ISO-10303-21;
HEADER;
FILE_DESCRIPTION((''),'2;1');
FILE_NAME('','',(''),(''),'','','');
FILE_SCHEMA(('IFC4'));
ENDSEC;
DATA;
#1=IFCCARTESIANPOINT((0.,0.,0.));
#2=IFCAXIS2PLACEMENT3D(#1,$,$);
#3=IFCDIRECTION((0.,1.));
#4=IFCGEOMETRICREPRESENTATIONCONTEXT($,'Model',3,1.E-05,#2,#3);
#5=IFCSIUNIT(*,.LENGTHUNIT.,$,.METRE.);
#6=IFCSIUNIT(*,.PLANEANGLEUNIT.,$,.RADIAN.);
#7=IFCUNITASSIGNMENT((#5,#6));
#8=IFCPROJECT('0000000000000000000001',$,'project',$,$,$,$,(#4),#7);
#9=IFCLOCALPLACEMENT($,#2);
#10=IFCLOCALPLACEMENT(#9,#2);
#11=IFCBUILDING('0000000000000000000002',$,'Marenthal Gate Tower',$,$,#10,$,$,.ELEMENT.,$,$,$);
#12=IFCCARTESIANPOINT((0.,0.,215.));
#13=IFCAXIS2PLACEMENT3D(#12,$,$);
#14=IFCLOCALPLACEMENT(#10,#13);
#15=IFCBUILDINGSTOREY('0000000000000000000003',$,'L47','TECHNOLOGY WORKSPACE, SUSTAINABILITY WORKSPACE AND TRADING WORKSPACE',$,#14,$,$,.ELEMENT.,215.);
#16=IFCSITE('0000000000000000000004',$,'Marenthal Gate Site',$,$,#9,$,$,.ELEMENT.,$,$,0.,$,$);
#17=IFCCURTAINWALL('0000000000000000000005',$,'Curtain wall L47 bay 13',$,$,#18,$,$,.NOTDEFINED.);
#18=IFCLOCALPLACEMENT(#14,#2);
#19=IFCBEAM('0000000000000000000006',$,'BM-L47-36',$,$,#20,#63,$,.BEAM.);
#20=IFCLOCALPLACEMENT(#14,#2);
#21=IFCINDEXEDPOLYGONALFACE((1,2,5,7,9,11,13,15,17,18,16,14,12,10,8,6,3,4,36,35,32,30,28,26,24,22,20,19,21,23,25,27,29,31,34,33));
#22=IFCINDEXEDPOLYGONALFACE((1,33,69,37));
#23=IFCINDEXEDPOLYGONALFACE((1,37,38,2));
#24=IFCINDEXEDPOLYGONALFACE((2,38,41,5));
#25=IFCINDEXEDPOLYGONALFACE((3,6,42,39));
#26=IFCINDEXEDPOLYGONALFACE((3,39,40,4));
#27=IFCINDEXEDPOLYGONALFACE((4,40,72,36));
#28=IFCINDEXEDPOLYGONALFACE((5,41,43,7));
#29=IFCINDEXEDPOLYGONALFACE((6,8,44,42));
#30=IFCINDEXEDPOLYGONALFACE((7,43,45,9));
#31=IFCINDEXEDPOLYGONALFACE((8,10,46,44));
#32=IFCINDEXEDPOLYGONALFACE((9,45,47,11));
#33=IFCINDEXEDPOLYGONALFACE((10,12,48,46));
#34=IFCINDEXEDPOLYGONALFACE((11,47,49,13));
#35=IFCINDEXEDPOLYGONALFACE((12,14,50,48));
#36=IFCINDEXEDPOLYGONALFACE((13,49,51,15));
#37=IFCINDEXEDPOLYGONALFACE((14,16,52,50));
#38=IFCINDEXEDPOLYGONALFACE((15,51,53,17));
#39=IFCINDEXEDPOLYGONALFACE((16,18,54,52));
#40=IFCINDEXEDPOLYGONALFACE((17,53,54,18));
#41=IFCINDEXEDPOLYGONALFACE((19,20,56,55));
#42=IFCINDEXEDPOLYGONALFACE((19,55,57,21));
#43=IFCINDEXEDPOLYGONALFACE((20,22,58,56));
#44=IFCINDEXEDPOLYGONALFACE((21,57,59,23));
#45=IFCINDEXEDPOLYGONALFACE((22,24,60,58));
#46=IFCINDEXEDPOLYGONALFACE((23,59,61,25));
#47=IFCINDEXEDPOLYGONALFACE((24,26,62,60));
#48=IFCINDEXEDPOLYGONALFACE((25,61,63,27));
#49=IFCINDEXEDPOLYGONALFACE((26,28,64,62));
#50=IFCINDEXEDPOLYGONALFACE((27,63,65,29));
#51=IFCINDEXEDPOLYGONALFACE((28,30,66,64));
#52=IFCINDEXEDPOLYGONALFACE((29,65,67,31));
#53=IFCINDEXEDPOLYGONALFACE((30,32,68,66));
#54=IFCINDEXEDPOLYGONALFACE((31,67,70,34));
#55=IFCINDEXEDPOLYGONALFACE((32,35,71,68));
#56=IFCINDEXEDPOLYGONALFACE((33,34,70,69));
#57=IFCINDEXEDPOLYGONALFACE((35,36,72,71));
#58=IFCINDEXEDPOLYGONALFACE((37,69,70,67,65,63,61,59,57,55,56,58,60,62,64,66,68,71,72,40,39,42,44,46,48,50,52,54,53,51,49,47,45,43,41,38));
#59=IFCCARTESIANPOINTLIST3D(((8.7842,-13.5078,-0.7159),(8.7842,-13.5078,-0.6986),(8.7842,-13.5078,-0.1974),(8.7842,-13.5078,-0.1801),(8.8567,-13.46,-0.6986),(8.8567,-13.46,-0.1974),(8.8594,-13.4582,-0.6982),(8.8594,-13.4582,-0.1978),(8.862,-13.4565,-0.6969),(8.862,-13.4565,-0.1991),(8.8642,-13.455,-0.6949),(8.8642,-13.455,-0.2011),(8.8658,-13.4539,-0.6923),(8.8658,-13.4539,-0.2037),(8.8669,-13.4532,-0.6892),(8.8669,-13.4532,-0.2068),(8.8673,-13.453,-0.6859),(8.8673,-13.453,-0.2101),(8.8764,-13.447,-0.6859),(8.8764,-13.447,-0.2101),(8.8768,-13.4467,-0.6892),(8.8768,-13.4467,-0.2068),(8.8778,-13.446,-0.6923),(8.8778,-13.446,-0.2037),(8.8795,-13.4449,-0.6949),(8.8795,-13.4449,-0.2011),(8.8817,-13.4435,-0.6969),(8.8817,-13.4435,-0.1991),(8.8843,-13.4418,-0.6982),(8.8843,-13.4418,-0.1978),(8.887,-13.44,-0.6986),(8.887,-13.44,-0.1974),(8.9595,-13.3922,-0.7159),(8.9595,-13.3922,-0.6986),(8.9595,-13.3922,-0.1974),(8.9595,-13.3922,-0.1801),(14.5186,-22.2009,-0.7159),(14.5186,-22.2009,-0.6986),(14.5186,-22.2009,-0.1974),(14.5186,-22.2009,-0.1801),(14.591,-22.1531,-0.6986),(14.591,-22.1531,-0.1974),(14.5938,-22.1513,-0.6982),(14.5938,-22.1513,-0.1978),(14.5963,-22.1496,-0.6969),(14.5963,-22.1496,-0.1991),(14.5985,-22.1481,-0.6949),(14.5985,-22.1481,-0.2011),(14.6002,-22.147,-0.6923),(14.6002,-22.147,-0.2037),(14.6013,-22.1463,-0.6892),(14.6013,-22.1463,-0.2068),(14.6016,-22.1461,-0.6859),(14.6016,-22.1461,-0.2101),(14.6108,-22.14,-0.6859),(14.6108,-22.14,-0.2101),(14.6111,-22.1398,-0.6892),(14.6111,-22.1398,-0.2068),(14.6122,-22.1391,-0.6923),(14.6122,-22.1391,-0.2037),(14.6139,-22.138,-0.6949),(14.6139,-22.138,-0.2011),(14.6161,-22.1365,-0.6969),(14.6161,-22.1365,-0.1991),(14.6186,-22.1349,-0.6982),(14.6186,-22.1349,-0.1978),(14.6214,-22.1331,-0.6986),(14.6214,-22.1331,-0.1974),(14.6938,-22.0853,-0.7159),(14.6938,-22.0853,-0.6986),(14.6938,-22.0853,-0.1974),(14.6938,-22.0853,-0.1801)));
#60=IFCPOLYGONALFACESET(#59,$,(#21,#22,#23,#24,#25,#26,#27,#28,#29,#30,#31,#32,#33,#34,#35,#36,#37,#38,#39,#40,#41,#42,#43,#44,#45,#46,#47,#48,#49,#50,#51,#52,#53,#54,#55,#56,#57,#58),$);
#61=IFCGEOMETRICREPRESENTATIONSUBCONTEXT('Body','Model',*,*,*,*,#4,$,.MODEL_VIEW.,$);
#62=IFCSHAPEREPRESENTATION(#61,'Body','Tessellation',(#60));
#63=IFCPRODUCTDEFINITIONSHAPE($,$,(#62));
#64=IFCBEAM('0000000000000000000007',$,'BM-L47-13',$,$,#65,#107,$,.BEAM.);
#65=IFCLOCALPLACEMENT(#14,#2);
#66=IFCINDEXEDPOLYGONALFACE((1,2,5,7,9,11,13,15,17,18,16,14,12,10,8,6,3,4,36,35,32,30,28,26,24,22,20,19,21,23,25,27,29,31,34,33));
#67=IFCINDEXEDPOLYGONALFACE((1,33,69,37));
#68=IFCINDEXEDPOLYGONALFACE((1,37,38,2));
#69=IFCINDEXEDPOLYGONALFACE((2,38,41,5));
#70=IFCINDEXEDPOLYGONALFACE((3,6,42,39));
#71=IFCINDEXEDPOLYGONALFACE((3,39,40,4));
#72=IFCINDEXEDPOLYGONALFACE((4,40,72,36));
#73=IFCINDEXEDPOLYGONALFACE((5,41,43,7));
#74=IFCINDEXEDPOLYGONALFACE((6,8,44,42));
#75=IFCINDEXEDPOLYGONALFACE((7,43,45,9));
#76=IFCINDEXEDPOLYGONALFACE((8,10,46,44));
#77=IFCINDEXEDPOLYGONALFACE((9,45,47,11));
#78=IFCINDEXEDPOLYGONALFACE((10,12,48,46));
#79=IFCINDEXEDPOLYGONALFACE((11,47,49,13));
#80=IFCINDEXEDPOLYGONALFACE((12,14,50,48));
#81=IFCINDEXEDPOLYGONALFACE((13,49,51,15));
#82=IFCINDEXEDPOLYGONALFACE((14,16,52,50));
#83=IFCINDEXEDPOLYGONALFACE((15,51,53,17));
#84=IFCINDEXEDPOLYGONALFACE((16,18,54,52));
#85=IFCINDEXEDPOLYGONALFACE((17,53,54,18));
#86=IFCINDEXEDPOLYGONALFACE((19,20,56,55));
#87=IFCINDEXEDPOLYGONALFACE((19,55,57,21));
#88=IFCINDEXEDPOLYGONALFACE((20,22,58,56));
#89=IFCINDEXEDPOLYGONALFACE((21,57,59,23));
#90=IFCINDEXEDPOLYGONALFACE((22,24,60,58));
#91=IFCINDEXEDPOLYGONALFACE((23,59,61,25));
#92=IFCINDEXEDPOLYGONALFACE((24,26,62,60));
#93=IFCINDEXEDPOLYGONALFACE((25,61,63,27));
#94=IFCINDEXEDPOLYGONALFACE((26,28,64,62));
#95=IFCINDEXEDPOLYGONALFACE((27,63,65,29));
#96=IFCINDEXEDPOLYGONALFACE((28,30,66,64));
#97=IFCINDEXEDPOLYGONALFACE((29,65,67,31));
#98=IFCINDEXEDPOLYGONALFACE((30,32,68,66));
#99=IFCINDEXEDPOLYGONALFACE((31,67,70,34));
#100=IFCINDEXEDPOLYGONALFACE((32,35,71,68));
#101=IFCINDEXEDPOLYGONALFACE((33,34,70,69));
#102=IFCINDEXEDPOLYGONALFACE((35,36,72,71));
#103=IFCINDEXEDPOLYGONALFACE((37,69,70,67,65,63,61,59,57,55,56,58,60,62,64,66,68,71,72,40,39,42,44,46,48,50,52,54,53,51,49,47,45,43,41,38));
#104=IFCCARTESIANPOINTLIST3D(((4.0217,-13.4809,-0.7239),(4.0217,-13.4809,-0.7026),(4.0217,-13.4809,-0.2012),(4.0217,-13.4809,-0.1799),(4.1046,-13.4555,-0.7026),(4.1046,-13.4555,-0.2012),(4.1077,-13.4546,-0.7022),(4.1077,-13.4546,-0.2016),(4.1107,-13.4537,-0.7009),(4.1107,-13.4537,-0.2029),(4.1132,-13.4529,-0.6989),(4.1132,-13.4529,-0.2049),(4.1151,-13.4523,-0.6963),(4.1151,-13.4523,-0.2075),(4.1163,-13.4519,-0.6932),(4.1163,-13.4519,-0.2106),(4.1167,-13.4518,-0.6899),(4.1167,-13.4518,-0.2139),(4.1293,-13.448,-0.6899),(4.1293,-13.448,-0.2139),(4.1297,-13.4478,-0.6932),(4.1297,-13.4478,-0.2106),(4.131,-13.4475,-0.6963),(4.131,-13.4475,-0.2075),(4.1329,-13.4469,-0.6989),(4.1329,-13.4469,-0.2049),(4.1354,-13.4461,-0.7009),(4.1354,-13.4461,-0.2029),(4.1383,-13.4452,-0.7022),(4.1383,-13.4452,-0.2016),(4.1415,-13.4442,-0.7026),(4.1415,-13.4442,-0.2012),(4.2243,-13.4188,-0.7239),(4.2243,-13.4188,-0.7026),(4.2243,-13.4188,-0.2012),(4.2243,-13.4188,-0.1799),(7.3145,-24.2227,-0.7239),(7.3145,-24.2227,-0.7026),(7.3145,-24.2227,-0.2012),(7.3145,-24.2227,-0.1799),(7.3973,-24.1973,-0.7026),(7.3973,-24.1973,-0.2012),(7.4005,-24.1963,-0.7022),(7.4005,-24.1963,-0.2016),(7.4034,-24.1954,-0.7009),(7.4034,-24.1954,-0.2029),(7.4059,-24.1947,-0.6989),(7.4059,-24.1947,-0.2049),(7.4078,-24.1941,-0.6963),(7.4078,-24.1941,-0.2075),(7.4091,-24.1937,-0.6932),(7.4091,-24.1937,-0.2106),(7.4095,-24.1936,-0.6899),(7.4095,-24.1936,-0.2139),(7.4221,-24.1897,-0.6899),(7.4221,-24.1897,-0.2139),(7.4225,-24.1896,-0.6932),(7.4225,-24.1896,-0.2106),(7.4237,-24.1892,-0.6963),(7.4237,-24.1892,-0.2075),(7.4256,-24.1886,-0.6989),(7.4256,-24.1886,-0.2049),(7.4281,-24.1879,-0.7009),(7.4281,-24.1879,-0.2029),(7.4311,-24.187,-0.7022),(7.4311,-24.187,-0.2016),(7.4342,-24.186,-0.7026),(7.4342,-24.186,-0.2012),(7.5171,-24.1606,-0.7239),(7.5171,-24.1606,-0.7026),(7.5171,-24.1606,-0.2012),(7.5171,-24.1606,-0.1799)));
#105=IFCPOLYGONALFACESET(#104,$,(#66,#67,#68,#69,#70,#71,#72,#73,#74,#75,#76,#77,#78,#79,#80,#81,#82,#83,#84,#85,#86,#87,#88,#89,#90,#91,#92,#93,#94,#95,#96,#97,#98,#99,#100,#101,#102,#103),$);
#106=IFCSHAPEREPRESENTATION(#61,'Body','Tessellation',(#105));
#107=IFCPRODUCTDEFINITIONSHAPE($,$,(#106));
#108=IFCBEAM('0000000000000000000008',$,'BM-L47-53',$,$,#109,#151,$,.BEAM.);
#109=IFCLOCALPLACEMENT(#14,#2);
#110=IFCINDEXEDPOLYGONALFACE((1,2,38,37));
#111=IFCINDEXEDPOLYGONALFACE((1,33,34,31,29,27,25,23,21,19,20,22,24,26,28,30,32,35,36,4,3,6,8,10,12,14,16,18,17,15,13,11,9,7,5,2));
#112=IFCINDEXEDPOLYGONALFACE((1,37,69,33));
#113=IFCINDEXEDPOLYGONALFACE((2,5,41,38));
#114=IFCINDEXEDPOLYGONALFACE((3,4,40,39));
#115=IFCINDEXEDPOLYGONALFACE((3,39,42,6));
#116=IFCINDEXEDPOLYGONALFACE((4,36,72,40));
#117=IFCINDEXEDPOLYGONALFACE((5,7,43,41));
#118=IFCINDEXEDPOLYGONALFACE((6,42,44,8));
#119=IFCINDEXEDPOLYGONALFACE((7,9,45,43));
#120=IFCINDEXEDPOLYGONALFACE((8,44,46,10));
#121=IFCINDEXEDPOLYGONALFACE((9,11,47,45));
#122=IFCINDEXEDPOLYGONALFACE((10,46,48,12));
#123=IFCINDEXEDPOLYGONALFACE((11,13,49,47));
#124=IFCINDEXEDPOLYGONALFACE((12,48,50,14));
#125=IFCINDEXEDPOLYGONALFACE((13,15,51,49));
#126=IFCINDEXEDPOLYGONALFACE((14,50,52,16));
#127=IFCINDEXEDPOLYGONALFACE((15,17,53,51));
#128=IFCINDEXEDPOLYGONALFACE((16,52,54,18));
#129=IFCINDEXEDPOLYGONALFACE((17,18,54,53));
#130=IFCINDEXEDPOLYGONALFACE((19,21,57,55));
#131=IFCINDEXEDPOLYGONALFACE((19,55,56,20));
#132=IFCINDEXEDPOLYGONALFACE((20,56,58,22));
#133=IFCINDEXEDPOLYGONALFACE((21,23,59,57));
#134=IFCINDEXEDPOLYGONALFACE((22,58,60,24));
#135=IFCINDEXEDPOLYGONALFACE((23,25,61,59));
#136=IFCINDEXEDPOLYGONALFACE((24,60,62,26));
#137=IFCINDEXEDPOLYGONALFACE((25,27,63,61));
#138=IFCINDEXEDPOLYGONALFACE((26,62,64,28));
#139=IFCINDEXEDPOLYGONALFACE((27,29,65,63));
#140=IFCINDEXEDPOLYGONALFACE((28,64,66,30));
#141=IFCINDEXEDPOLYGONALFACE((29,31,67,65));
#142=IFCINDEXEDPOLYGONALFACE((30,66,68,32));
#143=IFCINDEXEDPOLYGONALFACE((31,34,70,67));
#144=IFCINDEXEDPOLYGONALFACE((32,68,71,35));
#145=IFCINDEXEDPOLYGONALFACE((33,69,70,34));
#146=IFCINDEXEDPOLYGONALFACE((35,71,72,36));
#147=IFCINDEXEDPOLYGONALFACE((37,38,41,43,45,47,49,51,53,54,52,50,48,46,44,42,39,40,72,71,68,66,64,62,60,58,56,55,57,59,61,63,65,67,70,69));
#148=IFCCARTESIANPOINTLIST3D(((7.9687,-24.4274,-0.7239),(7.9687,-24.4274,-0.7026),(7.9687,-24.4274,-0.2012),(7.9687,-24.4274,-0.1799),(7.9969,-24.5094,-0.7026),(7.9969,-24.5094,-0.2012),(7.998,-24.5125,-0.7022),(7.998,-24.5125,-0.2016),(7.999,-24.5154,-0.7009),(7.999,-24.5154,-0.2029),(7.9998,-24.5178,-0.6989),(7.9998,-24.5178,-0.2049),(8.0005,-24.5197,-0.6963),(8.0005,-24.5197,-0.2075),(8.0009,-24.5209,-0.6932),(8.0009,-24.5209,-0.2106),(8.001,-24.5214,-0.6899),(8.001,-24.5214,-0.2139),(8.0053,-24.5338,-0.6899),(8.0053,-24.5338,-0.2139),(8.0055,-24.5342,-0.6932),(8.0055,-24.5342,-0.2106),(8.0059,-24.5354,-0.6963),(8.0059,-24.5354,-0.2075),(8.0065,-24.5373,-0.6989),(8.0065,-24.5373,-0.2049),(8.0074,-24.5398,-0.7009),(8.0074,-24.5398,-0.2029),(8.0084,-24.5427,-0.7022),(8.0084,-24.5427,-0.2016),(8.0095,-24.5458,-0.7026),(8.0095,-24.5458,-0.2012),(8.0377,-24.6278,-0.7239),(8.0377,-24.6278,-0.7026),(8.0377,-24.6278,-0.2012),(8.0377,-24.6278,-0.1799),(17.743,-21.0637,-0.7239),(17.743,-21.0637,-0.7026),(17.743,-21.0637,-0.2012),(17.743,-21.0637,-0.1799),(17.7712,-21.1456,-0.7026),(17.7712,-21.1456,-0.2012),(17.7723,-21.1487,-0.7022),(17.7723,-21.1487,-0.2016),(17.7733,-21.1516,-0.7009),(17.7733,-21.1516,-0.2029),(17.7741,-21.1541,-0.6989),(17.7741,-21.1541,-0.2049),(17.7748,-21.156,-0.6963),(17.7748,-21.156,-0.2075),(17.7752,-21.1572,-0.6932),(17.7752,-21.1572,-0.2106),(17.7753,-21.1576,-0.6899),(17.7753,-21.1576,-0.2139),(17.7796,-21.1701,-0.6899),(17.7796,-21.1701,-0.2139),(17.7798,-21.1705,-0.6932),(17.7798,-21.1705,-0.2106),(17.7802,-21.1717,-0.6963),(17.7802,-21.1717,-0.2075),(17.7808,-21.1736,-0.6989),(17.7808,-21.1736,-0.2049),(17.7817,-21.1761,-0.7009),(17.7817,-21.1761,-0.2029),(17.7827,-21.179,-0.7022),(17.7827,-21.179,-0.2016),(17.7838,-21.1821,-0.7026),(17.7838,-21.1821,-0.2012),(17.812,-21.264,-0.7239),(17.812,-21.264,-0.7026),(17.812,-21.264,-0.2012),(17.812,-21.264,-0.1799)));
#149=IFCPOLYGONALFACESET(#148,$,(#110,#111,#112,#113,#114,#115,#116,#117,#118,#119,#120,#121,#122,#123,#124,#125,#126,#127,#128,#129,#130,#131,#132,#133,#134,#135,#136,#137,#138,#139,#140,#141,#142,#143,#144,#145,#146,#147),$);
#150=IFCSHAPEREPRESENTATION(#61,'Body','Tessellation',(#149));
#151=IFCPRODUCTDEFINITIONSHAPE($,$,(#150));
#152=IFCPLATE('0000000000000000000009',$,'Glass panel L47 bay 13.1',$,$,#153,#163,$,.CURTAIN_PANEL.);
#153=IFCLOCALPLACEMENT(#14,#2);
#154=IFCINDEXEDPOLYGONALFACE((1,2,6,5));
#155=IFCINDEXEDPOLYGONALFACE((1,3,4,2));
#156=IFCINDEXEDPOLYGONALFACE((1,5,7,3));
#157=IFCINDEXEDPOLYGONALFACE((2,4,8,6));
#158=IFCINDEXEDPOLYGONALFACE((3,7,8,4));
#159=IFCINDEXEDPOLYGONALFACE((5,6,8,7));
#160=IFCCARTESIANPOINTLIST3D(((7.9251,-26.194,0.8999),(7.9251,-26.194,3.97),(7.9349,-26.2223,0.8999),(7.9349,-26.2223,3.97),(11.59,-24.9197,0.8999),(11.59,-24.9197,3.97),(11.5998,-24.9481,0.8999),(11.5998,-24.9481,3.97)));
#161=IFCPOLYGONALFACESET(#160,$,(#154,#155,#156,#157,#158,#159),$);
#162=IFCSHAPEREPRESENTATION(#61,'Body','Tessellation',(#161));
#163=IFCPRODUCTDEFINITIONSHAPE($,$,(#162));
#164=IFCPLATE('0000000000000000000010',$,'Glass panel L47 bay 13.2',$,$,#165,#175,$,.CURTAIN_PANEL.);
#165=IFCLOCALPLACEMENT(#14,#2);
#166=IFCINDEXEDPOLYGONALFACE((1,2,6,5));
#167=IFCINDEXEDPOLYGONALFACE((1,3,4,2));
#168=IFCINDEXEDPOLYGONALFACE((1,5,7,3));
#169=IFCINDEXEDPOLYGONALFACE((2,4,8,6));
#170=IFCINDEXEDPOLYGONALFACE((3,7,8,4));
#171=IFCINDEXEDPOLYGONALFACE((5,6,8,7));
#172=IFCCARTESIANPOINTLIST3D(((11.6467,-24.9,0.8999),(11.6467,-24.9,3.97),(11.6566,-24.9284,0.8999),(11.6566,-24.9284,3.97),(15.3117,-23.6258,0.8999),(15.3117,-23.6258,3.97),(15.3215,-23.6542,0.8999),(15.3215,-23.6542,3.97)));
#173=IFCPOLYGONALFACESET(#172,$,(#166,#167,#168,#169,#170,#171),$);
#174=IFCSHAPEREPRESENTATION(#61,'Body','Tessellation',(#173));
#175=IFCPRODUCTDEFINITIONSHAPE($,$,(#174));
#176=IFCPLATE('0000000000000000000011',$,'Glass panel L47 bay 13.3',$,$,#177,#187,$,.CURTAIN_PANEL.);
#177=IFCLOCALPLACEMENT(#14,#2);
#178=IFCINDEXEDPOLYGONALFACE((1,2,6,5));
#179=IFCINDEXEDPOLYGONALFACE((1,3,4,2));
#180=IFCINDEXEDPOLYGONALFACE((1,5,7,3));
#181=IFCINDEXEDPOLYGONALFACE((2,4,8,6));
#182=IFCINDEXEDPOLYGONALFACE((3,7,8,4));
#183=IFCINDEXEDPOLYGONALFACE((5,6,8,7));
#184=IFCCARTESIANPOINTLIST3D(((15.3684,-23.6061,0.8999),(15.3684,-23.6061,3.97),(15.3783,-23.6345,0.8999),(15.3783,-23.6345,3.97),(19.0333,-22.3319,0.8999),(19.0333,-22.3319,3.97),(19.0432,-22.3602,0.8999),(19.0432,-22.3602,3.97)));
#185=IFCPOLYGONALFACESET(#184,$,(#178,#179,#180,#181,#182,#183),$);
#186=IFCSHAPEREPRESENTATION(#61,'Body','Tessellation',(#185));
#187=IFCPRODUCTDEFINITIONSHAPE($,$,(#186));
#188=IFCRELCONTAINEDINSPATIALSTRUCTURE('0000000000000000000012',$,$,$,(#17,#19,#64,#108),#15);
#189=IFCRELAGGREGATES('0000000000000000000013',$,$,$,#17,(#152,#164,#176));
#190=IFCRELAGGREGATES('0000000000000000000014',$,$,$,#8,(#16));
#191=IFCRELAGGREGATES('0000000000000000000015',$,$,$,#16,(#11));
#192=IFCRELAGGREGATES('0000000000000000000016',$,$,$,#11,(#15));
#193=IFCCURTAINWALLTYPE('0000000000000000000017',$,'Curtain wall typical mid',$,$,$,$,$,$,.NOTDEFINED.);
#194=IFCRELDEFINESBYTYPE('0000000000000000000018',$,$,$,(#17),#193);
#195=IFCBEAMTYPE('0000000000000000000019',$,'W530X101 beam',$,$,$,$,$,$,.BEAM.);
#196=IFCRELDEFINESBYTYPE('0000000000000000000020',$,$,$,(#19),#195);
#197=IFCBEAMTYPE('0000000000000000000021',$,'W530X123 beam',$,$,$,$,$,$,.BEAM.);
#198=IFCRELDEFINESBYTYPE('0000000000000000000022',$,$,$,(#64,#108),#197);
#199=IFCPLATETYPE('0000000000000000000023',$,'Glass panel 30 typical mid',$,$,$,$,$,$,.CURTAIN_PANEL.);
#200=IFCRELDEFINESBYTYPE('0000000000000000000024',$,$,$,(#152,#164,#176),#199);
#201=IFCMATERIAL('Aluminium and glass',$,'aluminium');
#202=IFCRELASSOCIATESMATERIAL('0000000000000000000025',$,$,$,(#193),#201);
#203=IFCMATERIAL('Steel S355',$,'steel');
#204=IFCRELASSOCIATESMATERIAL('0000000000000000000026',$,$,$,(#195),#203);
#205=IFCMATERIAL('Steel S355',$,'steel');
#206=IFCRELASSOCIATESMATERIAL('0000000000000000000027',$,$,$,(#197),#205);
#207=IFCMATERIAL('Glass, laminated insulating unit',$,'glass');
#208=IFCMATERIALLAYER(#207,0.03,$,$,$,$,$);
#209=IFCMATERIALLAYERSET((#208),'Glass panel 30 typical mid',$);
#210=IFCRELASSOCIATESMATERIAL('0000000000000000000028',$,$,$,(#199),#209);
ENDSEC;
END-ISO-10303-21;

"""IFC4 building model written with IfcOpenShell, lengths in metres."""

from ifc_helpers import new_model, si_unit, direction, frame, origin, origin_2d, place, context, subcontext, project, spatial, rectangle, i_section, extrude, material, layer, layer_set, material_profile, profile_set, type_object, element, aggregate, save


model = new_model("IFC4")

# Units and contexts
model_context = context("Model", 3, precision=1e-05, world=origin(), true_north=direction((0.0, 1.0)))
body_context = subcontext(model_context, "Body", "Model", "MODEL_VIEW")
ifc_project = project(units=[si_unit("LENGTHUNIT", "METRE"), si_unit("PLANEANGLEUNIT", "RADIAN")], contexts=[model_context])

# Site, building, storey
site_placement = place(None, origin())
site = spatial("IfcSite", under=ifc_project, at=site_placement, Name="Marenthal Gate Site", CompositionType="ELEMENT", RefElevation=0.0)
building_placement = place(site_placement, origin())
building = spatial("IfcBuilding", under=site, at=building_placement, Name="Marenthal Gate Tower", CompositionType="ELEMENT")
storey_placement = place(building_placement, frame((0.0, 0.0, 215.0)))
storey = spatial("IfcBuildingStorey", under=building, at=storey_placement, Name="L47", Description="TECHNOLOGY WORKSPACE, SUSTAINABILITY WORKSPACE AND TRADING WORKSPACE", CompositionType="ELEMENT", Elevation=215.0)

# Curtain wall
ifc_material_1 = material(Name="Aluminium and glass", Category="aluminium")
curtain_wall_type = type_object("IfcCurtainWallType", Name="Curtain wall typical mid", PredefinedType="NOTDEFINED", material=ifc_material_1)
curtain_wall_placement = place(storey_placement, origin())
curtain_wall = element("IfcCurtainWall", 1, at=curtain_wall_placement, inside=storey, type_object=curtain_wall_type, Name="Curtain wall L47 bay 13", PredefinedType="NOTDEFINED")

# Beams
ifc_material_2 = material(Name="Steel S355", Category="steel")
ifc_material_profile_1 = material_profile(ifc_material_2, i_section(OverallWidth=0.21, OverallDepth=0.5359, WebThickness=0.011, FlangeThickness=0.0173, FilletRadius=0.0127, at=origin_2d()), Name="W530X101")
ifc_profile_set_1 = profile_set([ifc_material_profile_1], Name="Steel S355")
beam_type_1 = type_object("IfcBeamType", Name="W530X101 beam", PredefinedType="BEAM", material=ifc_profile_set_1)
beam_1_placement = place(storey_placement, frame((14.6062, -22.1431, -0.448), z_axis=(-0.550636, 0.834745, 0.0), x_axis=(-0.834745, -0.550636, 0.0)))
element("IfcBeam", 2, at=beam_1_placement, inside=storey, type_object=beam_type_1, Name="BM-L47-36", PredefinedType="BEAM", context=body_context, shape_type="SweptSolid", body=[
    extrude(i_section(OverallWidth=0.21, OverallDepth=0.5359, WebThickness=0.011, FlangeThickness=0.0173, FilletRadius=0.0127, at=origin_2d()), origin(), (0.0, 0.0, 1.0), 10.4141),
])
ifc_material_3 = material(Name="Steel S355", Category="steel")
ifc_material_profile_2 = material_profile(ifc_material_3, i_section(OverallWidth=0.2119, OverallDepth=0.5439, WebThickness=0.0132, FlangeThickness=0.0212, FilletRadius=0.0127, at=origin_2d()), Name="W530X123")
ifc_profile_set_2 = profile_set([ifc_material_profile_2], Name="Steel S355")
beam_type_2 = type_object("IfcBeamType", Name="W530X123 beam", PredefinedType="BEAM", material=ifc_profile_set_2)
beam_2_placement = place(storey_placement, frame((7.4158, -24.1917, -0.4519), z_axis=(-0.293076, 0.956089, 0.0), x_axis=(-0.956089, -0.293076, 0.0)))
element("IfcBeam", 3, at=beam_2_placement, inside=storey, type_object=beam_type_2, Name="BM-L47-13", PredefinedType="BEAM", context=body_context, shape_type="SweptSolid", body=[
    extrude(i_section(OverallWidth=0.2119, OverallDepth=0.5439, WebThickness=0.0132, FlangeThickness=0.0212, FilletRadius=0.0127, at=origin_2d()), origin(), (0.0, 0.0, 1.0), 11.2351),
])
beam_3_placement = place(storey_placement, frame((8.0032, -24.5276, -0.4519), z_axis=(0.945573, 0.32541, 0.0), x_axis=(-0.32541, 0.945573, 0.0)))
element("IfcBeam", 4, at=beam_3_placement, inside=storey, type_object=beam_type_2, Name="BM-L47-53", PredefinedType="BEAM", context=body_context, shape_type="SweptSolid", body=[
    extrude(i_section(OverallWidth=0.2119, OverallDepth=0.5439, WebThickness=0.0132, FlangeThickness=0.0212, FilletRadius=0.0127, at=origin_2d()), origin(), (0.0, 0.0, 1.0), 10.3369),
])

# Plates
ifc_material_4 = material(Name="Glass, laminated insulating unit", Category="glass")
ifc_layer = layer(ifc_material_4, 0.03)
ifc_layer_set = layer_set([ifc_layer], Name="Glass panel 30 typical mid")
plate_type = type_object("IfcPlateType", Name="Glass panel 30 typical mid", PredefinedType="CURTAIN_PANEL", material=ifc_layer_set)
plate_1_placement = place(storey_placement, frame((9.7625, -25.571, 0.8999), z_axis=(0.0, 0.0, 1.0), x_axis=(0.944539, 0.3284, 0.0)))
plate_1 = element("IfcPlate", 5, at=plate_1_placement, type_object=plate_type, Name="Glass panel L47 bay 13.1", PredefinedType="CURTAIN_PANEL", context=body_context, shape_type="SweptSolid", body=[
    extrude(rectangle(XDim=3.8801, YDim=0.03, at=origin_2d()), origin(), (0.0, 0.0, 1.0), 3.0701),
])
plate_2_placement = place(storey_placement, frame((13.4841, -24.2771, 0.8999), z_axis=(0.0, 0.0, 1.0), x_axis=(0.944539, 0.3284, 0.0)))
plate_2 = element("IfcPlate", 6, at=plate_2_placement, type_object=plate_type, Name="Glass panel L47 bay 13.2", PredefinedType="CURTAIN_PANEL", context=body_context, shape_type="SweptSolid", body=[
    extrude(rectangle(XDim=3.8801, YDim=0.03, at=origin_2d()), origin(), (0.0, 0.0, 1.0), 3.0701),
])
plate_3_placement = place(storey_placement, frame((17.2058, -22.9832, 0.8999), z_axis=(0.0, 0.0, 1.0), x_axis=(0.944539, 0.3284, 0.0)))
plate_3 = element("IfcPlate", 7, at=plate_3_placement, type_object=plate_type, Name="Glass panel L47 bay 13.3", PredefinedType="CURTAIN_PANEL", context=body_context, shape_type="SweptSolid", body=[
    extrude(rectangle(XDim=3.8801, YDim=0.03, at=origin_2d()), origin(), (0.0, 0.0, 1.0), 3.0701),
])
aggregate(curtain_wall, [plate_1, plate_2, plate_3])

save(model, "model.ifc")
